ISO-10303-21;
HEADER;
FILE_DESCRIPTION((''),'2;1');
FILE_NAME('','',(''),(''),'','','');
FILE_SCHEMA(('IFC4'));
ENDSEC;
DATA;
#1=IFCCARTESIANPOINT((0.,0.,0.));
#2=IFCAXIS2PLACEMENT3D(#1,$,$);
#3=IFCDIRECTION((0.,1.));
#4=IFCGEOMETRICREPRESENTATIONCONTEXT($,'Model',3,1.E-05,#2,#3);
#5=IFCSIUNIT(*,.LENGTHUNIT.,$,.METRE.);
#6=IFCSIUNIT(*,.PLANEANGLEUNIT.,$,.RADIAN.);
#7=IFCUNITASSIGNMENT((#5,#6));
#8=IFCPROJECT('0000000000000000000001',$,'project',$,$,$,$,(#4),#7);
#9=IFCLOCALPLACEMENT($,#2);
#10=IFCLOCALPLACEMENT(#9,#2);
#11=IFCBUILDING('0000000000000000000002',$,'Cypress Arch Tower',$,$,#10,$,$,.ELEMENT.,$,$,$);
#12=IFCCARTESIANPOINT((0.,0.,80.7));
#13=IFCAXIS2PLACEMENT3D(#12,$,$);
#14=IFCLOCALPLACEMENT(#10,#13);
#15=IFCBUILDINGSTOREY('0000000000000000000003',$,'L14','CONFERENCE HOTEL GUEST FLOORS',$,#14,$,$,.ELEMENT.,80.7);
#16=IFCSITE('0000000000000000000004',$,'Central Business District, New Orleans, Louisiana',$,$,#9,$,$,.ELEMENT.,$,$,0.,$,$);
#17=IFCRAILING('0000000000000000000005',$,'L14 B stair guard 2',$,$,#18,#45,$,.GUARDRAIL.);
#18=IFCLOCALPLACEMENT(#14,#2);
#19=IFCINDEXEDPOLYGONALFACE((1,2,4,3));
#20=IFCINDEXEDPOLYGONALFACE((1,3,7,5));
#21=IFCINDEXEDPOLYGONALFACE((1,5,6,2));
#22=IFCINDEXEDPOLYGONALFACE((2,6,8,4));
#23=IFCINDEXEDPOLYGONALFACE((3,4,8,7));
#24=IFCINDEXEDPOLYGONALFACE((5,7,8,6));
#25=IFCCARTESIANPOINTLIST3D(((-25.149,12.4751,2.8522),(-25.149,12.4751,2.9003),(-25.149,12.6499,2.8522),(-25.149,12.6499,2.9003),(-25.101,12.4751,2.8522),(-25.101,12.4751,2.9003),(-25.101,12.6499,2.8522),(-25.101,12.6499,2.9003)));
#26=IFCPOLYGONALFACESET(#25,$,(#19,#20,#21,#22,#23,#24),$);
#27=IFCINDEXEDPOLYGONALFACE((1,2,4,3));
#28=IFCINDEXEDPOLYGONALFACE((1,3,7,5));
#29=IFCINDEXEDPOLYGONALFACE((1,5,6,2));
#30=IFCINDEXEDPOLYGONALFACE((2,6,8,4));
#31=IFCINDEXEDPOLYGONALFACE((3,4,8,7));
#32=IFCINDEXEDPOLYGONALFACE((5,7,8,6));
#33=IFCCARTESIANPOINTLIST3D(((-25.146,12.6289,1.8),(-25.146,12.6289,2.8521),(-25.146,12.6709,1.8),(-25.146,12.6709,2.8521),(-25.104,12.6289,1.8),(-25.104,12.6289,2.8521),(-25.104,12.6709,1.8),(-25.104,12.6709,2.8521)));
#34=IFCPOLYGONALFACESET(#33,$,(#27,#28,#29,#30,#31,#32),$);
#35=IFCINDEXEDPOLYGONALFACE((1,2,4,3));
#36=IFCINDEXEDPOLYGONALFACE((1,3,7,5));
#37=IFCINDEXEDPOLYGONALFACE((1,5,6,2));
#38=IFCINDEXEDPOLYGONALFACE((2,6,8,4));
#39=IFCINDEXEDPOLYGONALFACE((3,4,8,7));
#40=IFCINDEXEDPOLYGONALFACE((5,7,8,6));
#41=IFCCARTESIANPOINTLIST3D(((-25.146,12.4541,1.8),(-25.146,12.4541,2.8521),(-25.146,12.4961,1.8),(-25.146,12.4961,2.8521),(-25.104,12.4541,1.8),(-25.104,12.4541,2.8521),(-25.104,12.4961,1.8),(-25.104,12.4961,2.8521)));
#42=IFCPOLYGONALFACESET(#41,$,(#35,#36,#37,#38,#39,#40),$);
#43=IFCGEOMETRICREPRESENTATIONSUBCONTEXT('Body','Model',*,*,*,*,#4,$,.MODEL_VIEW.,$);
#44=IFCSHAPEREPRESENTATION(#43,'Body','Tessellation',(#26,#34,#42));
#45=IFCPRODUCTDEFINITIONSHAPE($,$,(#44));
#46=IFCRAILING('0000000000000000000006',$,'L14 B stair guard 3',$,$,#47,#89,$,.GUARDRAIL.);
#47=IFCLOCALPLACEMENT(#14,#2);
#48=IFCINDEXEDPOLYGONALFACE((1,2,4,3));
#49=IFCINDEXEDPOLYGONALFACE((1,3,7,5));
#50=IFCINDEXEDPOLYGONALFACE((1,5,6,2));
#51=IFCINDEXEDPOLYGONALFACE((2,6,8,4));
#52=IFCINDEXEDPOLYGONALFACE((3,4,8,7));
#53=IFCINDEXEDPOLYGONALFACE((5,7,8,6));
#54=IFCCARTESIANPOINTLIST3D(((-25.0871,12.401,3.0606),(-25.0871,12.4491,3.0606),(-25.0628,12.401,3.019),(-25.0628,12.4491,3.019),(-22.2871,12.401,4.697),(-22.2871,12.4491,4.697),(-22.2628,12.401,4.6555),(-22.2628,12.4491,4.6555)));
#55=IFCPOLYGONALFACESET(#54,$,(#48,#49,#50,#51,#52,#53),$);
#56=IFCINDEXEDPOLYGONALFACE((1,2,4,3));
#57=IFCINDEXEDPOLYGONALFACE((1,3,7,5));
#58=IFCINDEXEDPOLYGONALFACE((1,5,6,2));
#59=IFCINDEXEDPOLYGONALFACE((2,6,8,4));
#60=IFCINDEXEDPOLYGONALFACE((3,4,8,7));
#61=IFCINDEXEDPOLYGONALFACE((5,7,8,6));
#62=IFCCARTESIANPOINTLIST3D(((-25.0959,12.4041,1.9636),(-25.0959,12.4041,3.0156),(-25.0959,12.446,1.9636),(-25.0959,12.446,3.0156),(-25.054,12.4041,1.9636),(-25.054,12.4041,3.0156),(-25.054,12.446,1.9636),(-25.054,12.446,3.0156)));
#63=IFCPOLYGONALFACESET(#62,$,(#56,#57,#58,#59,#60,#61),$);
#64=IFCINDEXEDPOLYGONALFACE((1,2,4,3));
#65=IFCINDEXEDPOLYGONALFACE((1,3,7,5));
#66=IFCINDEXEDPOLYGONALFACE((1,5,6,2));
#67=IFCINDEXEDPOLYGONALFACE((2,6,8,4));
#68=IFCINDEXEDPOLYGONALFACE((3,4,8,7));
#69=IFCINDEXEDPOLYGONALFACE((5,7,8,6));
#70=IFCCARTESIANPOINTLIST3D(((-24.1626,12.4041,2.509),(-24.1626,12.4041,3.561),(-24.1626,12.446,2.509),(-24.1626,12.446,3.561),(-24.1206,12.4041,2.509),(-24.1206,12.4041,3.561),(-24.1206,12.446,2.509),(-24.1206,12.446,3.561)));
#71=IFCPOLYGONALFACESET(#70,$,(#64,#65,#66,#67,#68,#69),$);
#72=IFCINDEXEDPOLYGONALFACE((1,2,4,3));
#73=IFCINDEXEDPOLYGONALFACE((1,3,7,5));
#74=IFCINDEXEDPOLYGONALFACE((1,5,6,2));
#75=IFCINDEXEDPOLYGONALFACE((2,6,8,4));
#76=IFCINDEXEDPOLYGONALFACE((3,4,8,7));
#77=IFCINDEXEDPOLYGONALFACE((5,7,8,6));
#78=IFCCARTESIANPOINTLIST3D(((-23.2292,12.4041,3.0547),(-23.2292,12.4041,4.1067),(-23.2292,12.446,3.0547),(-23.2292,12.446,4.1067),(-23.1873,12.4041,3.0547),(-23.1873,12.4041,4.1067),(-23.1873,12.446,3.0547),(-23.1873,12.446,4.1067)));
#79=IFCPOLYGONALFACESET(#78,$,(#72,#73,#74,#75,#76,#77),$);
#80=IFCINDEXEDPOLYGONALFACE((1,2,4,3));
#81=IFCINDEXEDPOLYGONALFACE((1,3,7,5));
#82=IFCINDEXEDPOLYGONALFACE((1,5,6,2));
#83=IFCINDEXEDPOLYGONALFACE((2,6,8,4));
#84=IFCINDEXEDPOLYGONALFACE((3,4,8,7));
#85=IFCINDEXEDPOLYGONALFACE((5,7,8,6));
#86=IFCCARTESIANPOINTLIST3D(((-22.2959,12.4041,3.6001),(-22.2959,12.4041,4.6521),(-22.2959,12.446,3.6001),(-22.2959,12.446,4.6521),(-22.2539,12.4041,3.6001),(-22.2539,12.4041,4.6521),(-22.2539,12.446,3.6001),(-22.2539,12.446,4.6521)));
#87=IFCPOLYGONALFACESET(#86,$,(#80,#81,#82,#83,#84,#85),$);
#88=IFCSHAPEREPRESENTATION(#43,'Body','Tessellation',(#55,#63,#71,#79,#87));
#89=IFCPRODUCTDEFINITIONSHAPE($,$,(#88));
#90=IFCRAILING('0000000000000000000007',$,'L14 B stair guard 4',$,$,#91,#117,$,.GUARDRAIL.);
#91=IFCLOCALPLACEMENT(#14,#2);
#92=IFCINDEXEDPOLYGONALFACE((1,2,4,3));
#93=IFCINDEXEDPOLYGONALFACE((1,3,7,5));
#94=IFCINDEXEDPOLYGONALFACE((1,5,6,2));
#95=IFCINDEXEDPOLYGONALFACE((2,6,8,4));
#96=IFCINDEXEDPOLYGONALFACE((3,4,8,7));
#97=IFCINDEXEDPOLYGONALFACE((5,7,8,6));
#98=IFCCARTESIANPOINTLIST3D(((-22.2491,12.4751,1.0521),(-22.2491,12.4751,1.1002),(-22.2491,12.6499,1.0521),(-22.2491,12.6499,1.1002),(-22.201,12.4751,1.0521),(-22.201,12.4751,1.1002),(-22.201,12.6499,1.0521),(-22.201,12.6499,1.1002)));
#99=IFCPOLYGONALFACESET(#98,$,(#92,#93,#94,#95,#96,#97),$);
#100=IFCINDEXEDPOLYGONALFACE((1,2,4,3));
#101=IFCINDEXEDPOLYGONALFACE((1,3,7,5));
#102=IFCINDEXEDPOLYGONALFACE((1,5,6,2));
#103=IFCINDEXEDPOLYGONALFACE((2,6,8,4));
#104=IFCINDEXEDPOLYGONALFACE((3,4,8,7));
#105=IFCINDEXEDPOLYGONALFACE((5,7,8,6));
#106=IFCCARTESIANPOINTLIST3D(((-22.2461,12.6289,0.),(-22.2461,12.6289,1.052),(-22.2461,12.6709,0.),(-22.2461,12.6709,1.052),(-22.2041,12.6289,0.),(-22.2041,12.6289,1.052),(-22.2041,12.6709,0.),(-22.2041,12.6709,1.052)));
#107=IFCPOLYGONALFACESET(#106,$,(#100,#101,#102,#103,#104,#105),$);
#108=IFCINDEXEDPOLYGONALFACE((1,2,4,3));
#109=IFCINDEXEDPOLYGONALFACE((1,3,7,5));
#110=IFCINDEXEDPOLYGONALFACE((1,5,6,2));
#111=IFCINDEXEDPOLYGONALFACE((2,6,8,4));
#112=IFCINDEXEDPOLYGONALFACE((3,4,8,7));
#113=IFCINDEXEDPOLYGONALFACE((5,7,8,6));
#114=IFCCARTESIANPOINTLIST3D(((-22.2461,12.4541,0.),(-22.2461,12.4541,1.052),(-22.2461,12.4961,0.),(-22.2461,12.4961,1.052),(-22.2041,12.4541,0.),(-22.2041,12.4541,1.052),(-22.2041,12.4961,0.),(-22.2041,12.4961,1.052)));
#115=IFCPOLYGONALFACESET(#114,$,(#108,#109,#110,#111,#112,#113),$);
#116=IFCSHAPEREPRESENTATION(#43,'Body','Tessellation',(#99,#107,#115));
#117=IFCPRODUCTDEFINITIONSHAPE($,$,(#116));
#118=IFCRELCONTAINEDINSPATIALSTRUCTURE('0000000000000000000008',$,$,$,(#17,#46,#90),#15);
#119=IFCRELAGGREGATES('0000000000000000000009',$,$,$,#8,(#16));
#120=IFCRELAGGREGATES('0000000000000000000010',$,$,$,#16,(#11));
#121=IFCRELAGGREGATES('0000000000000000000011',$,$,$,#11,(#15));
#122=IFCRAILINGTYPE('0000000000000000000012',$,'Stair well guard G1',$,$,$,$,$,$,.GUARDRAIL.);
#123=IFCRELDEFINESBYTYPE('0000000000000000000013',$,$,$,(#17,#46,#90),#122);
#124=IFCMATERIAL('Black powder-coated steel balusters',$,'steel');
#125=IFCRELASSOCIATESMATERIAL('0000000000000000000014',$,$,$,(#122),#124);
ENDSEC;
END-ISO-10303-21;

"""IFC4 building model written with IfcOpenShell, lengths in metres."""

from ifc_helpers import new_model, si_unit, direction, frame, origin, origin_2d, place, context, subcontext, project, spatial, rectangle, extrude, material, type_object, element, save


model = new_model("IFC4")

# Units and contexts
model_context = context("Model", 3, precision=1e-05, world=origin(), true_north=direction((0.0, 1.0)))
body_context = subcontext(model_context, "Body", "Model", "MODEL_VIEW")
ifc_project = project(units=[si_unit("LENGTHUNIT", "METRE"), si_unit("PLANEANGLEUNIT", "RADIAN")], contexts=[model_context])

# Site, building, storey
site_placement = place(None, origin())
site = spatial("IfcSite", under=ifc_project, at=site_placement, Name="Central Business District, New Orleans, Louisiana", CompositionType="ELEMENT", RefElevation=0.0)
building_placement = place(site_placement, origin())
building = spatial("IfcBuilding", under=site, at=building_placement, Name="Cypress Arch Tower", CompositionType="ELEMENT")
storey_placement = place(building_placement, frame((0.0, 0.0, 80.7)))
storey = spatial("IfcBuildingStorey", under=building, at=storey_placement, Name="L14", Description="CONFERENCE HOTEL GUEST FLOORS", CompositionType="ELEMENT", Elevation=80.7)

# Railings
ifc_material_1 = material(Name="Black powder-coated steel balusters", Category="steel")
railing_type_1 = type_object("IfcRailingType", Name="Stair well guard G1", PredefinedType="GUARDRAIL", material=ifc_material_1)
railing_1_placement = place(storey_placement, frame((-25.125, 12.6499, 1.8)))
element("IfcRailing", 1, at=railing_1_placement, inside=storey, type_object=railing_type_1, Name="L14 B stair guard 2", PredefinedType="GUARDRAIL", context=body_context, shape_type="SweptSolid", body=[
    extrude(rectangle(XDim=0.0481, YDim=0.0481, at=origin_2d()), frame((0.0, 0.0, 1.0762), z_axis=(0.0, -1.0, 0.0), x_axis=(1.0, 0.0, 0.0)), (0.0, 0.0, 1.0), 0.1748),
    extrude(rectangle(XDim=0.042, YDim=0.042, at=origin_2d()), origin(), (0.0, 0.0, 1.0), 1.052),
    extrude(rectangle(XDim=0.042, YDim=0.042, at=origin_2d()), frame((0.0, -0.1748, 0.0)), (0.0, 0.0, 1.0), 1.052),
])
railing_2_placement = place(storey_placement, frame((-25.075, 12.425, 1.9636)))
element("IfcRailing", 2, at=railing_2_placement, inside=storey, type_object=railing_type_1, Name="L14 B stair guard 3", PredefinedType="GUARDRAIL", context=body_context, shape_type="SweptSolid", body=[
    extrude(rectangle(XDim=0.0481, YDim=0.0481, at=origin_2d()), frame((0.0, 0.0, 1.0762), z_axis=(0.863361, 0.0, 0.504587), x_axis=(0.0, 1.0, 0.0)), (0.0, 0.0, 1.0), 3.2432),
    extrude(rectangle(XDim=0.042, YDim=0.042, at=origin_2d()), origin(), (0.0, 0.0, 1.0), 1.052),
    extrude(rectangle(XDim=0.042, YDim=0.042, at=origin_2d()), frame((0.9333, 0.0, 0.5454)), (0.0, 0.0, 1.0), 1.052),
    extrude(rectangle(XDim=0.042, YDim=0.042, at=origin_2d()), frame((1.8667, 0.0, 1.0911)), (0.0, 0.0, 1.0), 1.052),
    extrude(rectangle(XDim=0.042, YDim=0.042, at=origin_2d()), frame((2.8, 0.0, 1.6365)), (0.0, 0.0, 1.0), 1.052),
])
railing_3_placement = place(storey_placement, frame((-22.2251, 12.6499, 0.0)))
element("IfcRailing", 3, at=railing_3_placement, inside=storey, type_object=railing_type_1, Name="L14 B stair guard 4", PredefinedType="GUARDRAIL", context=body_context, shape_type="SweptSolid", body=[
    extrude(rectangle(XDim=0.0481, YDim=0.0481, at=origin_2d()), frame((0.0, 0.0, 1.0762), z_axis=(0.0, -1.0, 0.0), x_axis=(1.0, 0.0, 0.0)), (0.0, 0.0, 1.0), 0.1748),
    extrude(rectangle(XDim=0.042, YDim=0.042, at=origin_2d()), origin(), (0.0, 0.0, 1.0), 1.052),
    extrude(rectangle(XDim=0.042, YDim=0.042, at=origin_2d()), frame((0.0, -0.1748, 0.0)), (0.0, 0.0, 1.0), 1.052),
])

save(model, "model.ifc")
